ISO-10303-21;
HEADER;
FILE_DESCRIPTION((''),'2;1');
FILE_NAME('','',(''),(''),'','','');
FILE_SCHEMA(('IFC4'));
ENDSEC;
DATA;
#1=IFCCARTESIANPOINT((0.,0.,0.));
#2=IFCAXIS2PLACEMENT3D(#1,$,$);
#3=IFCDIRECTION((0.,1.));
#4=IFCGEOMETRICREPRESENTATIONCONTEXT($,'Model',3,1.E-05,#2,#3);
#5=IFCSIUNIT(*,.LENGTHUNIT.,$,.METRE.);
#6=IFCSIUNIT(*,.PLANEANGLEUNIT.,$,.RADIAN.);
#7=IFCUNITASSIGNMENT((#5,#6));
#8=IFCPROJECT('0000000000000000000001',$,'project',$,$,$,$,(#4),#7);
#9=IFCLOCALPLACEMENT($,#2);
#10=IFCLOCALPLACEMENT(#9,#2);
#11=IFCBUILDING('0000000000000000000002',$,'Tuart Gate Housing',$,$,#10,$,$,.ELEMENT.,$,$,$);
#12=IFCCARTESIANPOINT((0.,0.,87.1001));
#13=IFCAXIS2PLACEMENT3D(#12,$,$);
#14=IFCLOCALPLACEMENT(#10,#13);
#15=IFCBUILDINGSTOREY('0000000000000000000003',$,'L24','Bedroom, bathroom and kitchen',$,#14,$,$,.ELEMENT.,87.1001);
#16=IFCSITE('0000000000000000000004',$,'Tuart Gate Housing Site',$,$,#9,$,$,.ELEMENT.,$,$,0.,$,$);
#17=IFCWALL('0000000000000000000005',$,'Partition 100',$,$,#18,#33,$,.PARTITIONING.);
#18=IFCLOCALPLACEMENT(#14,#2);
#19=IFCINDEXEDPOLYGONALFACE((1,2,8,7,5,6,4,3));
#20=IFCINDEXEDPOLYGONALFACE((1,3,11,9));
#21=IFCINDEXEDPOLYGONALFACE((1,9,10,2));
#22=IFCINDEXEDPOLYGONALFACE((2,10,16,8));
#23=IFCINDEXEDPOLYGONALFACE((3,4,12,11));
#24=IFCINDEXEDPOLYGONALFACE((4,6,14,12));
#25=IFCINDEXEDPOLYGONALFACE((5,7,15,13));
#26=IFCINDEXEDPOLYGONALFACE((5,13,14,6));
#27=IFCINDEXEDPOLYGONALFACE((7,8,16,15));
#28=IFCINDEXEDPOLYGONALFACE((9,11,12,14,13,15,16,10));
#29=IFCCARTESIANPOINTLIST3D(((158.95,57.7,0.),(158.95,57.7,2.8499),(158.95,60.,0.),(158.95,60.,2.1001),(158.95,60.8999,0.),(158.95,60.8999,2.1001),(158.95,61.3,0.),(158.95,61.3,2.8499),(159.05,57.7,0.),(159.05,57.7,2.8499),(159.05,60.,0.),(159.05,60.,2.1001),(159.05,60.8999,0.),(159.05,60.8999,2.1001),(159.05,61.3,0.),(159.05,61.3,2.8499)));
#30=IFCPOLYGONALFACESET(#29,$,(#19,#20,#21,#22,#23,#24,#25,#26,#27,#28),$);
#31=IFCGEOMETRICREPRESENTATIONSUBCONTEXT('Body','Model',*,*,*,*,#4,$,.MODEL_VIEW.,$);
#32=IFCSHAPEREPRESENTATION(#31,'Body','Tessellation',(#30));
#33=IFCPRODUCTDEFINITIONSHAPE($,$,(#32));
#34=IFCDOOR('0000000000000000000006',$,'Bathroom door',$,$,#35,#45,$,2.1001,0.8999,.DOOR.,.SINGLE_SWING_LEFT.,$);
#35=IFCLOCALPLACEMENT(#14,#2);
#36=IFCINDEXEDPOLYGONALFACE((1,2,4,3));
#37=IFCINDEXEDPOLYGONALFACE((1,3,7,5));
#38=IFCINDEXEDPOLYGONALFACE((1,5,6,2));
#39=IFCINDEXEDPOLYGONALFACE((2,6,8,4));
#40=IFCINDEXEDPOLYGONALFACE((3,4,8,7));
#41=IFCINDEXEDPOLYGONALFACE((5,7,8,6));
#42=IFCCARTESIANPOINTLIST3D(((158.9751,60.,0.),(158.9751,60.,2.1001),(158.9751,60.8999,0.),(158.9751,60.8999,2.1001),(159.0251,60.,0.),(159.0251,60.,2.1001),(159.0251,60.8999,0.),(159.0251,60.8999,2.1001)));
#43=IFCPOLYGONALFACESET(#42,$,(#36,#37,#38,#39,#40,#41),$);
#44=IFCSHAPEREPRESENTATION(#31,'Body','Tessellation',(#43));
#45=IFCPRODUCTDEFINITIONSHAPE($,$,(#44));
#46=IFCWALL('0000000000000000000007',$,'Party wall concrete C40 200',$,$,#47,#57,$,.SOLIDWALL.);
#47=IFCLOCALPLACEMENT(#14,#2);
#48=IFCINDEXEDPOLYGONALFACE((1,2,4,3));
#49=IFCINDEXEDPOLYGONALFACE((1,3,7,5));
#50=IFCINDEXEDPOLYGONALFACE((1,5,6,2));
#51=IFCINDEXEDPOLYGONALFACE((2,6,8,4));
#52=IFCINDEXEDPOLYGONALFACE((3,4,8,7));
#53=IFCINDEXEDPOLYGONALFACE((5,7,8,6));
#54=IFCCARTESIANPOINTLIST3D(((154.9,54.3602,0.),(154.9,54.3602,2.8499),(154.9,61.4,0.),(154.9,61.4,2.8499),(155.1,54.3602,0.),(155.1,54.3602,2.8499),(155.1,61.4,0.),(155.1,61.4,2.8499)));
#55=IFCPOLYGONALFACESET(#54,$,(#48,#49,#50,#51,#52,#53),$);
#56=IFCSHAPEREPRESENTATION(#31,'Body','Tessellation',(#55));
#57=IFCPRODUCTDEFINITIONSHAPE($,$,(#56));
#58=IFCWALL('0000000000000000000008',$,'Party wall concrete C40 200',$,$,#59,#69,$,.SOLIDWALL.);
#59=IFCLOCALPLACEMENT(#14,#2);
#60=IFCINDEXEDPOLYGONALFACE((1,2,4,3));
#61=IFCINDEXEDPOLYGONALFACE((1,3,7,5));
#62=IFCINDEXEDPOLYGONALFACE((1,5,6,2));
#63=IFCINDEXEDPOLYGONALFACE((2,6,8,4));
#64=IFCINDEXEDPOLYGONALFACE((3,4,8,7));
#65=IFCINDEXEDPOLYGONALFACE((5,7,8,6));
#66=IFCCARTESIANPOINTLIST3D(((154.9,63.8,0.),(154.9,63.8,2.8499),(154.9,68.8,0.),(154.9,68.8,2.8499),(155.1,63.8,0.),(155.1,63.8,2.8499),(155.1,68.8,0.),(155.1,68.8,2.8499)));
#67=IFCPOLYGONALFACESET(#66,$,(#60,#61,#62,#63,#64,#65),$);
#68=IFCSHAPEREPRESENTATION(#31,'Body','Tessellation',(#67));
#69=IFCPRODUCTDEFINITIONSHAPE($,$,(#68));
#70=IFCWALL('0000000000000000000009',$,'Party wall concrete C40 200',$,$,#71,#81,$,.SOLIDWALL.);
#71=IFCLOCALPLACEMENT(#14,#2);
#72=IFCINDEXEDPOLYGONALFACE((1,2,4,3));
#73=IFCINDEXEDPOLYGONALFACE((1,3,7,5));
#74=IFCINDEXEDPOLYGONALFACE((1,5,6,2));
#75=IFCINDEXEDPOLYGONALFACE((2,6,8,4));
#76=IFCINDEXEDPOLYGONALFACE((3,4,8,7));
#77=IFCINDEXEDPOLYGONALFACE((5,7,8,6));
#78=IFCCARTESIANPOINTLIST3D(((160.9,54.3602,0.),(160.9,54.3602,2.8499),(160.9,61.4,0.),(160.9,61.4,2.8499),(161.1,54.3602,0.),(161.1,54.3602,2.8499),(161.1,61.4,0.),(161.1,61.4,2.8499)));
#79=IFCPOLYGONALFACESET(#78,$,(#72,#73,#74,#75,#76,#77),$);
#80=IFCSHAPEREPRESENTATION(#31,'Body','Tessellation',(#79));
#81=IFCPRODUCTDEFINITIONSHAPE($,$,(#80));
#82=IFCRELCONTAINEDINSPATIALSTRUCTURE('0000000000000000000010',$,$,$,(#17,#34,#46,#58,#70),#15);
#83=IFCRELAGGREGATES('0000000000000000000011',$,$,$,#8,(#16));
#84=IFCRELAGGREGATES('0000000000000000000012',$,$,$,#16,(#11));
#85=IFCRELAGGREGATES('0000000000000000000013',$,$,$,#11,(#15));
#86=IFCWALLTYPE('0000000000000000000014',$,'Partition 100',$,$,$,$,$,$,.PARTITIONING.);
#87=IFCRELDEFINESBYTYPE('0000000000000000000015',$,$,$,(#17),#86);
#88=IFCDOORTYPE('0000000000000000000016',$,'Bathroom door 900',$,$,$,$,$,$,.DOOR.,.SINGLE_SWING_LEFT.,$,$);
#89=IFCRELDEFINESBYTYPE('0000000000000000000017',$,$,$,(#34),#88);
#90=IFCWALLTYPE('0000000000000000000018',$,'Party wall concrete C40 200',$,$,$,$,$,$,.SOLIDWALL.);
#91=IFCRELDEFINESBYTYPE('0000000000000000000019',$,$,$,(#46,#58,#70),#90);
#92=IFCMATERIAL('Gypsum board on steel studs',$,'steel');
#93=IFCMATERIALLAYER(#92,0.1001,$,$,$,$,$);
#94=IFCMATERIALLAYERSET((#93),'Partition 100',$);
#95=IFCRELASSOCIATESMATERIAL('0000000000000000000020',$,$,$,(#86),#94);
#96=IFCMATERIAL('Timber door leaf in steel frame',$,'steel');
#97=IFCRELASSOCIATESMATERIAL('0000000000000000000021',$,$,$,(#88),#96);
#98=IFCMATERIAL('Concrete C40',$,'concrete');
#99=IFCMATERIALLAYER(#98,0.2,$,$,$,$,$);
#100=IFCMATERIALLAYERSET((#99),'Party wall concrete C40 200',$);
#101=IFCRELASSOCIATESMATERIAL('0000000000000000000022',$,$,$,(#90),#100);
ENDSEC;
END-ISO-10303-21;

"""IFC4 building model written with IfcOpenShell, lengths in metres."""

from ifc_helpers import new_model, si_unit, direction, frame, frame_2d, origin, place, context, subcontext, project, spatial, rectangle, extrude, material, layer, layer_set, type_object, element, fill, save


model = new_model("IFC4")

# Units and contexts
model_context = context("Model", 3, precision=1e-05, world=origin(), true_north=direction((0.0, 1.0)))
body_context = subcontext(model_context, "Body", "Model", "MODEL_VIEW")
ifc_project = project(units=[si_unit("LENGTHUNIT", "METRE"), si_unit("PLANEANGLEUNIT", "RADIAN")], contexts=[model_context])

# Site, building, storey
site_placement = place(None, origin())
site = spatial("IfcSite", under=ifc_project, at=site_placement, Name="Tuart Gate Housing Site", CompositionType="ELEMENT", RefElevation=0.0)
building_placement = place(site_placement, origin())
building = spatial("IfcBuilding", under=site, at=building_placement, Name="Tuart Gate Housing", CompositionType="ELEMENT")
storey_placement = place(building_placement, frame((0.0, 0.0, 87.1001)))
storey = spatial("IfcBuildingStorey", under=building, at=storey_placement, Name="L24", Description="Bedroom, bathroom and kitchen", CompositionType="ELEMENT", Elevation=87.1001)

# Shared definitions
ifc_material_1 = material(Name="Gypsum board on steel studs", Category="steel")
ifc_layer_1 = layer(ifc_material_1, 0.1001)
ifc_layer_set_1 = layer_set([ifc_layer_1], Name="Partition 100")
wall_type_1 = type_object("IfcWallType", Name="Partition 100", PredefinedType="PARTITIONING", material=ifc_layer_set_1)

# Wall, opening, door
wall_1_placement = place(storey_placement, frame((159.0, 57.7, 0.0), z_axis=(0.0, 0.0, 1.0), x_axis=(0.0, 1.0, 0.0)))
wall_1 = element("IfcWall", 1, at=wall_1_placement, inside=storey, type_object=wall_type_1, Name="Partition 100", PredefinedType="PARTITIONING", context=body_context, shape_type="SweptSolid", body=[
    extrude(rectangle(XDim=3.6001, YDim=0.1001, at=frame_2d((1.8, 0.0))), origin(), (0.0, 0.0, 1.0), 2.8499),
])
opening_1_placement = place(wall_1_placement, frame((2.3, 0.0, 0.0)))
opening_1 = element("IfcOpeningElement", 2, at=opening_1_placement, cuts=wall_1, PredefinedType="OPENING", context=body_context, shape_type="SweptSolid", body=[
    extrude(rectangle(XDim=0.8999, YDim=2.1001, at=frame_2d((0.45, 1.05))), frame((0.0, 0.0601, 0.0), z_axis=(0.0, -1.0, 0.0), x_axis=(1.0, 0.0, 0.0)), (0.0, 0.0, 1.0), 0.1201),
])
ifc_material_2 = material(Name="Timber door leaf in steel frame", Category="steel")
door_type_1 = type_object("IfcDoorType", Name="Bathroom door 900", OperationType="SINGLE_SWING_LEFT", PredefinedType="DOOR", material=ifc_material_2)
door_1_placement = place(opening_1_placement, frame((0.8999, 0.0, 0.0), z_axis=(0.0, 0.0, 1.0), x_axis=(-1.0, 0.0, 0.0)))
door_1 = element("IfcDoor", 3, at=door_1_placement, inside=storey, type_object=door_type_1, Name="Bathroom door", OperationType="SINGLE_SWING_LEFT", OverallHeight=2.1001, OverallWidth=0.8999, PredefinedType="DOOR", context=body_context, shape_type="SweptSolid", body=[
    extrude(rectangle(XDim=0.8999, YDim=2.1001, at=frame_2d((0.45, 1.05))), frame((0.0, 0.0251, 0.0), z_axis=(0.0, -1.0, 0.0), x_axis=(1.0, 0.0, 0.0)), (0.0, 0.0, 1.0), 0.05),
])
fill(opening_1, door_1)

# Walls
ifc_material_3 = material(Name="Concrete C40", Category="concrete")
ifc_layer_2 = layer(ifc_material_3, 0.2)
ifc_layer_set_2 = layer_set([ifc_layer_2], Name="Party wall concrete C40 200")
wall_type_2 = type_object("IfcWallType", Name="Party wall concrete C40 200", PredefinedType="SOLIDWALL", material=ifc_layer_set_2)
wall_2_placement = place(storey_placement, frame((155.0, 54.3601, 0.0), z_axis=(0.0, 0.0, 1.0), x_axis=(0.0, 1.0, 0.0)))
element("IfcWall", 4, at=wall_2_placement, inside=storey, type_object=wall_type_2, Name="Party wall concrete C40 200", PredefinedType="SOLIDWALL", context=body_context, shape_type="SweptSolid", body=[
    extrude(rectangle(XDim=7.0398, YDim=0.2, at=frame_2d((3.52, 0.0))), origin(), (0.0, 0.0, 1.0), 2.8499),
])
wall_3_placement = place(storey_placement, frame((155.0, 63.8, 0.0), z_axis=(0.0, 0.0, 1.0), x_axis=(0.0, 1.0, 0.0)))
element("IfcWall", 5, at=wall_3_placement, inside=storey, type_object=wall_type_2, Name="Party wall concrete C40 200", PredefinedType="SOLIDWALL", context=body_context, shape_type="SweptSolid", body=[
    extrude(rectangle(XDim=5.0, YDim=0.2, at=frame_2d((2.5, 0.0))), origin(), (0.0, 0.0, 1.0), 2.8499),
])
wall_4_placement = place(storey_placement, frame((161.0, 54.3601, 0.0), z_axis=(0.0, 0.0, 1.0), x_axis=(0.0, 1.0, 0.0)))
element("IfcWall", 6, at=wall_4_placement, inside=storey, type_object=wall_type_2, Name="Party wall concrete C40 200", PredefinedType="SOLIDWALL", context=body_context, shape_type="SweptSolid", body=[
    extrude(rectangle(XDim=7.0398, YDim=0.2, at=frame_2d((3.52, 0.0))), origin(), (0.0, 0.0, 1.0), 2.8499),
])

save(model, "model.ifc")
